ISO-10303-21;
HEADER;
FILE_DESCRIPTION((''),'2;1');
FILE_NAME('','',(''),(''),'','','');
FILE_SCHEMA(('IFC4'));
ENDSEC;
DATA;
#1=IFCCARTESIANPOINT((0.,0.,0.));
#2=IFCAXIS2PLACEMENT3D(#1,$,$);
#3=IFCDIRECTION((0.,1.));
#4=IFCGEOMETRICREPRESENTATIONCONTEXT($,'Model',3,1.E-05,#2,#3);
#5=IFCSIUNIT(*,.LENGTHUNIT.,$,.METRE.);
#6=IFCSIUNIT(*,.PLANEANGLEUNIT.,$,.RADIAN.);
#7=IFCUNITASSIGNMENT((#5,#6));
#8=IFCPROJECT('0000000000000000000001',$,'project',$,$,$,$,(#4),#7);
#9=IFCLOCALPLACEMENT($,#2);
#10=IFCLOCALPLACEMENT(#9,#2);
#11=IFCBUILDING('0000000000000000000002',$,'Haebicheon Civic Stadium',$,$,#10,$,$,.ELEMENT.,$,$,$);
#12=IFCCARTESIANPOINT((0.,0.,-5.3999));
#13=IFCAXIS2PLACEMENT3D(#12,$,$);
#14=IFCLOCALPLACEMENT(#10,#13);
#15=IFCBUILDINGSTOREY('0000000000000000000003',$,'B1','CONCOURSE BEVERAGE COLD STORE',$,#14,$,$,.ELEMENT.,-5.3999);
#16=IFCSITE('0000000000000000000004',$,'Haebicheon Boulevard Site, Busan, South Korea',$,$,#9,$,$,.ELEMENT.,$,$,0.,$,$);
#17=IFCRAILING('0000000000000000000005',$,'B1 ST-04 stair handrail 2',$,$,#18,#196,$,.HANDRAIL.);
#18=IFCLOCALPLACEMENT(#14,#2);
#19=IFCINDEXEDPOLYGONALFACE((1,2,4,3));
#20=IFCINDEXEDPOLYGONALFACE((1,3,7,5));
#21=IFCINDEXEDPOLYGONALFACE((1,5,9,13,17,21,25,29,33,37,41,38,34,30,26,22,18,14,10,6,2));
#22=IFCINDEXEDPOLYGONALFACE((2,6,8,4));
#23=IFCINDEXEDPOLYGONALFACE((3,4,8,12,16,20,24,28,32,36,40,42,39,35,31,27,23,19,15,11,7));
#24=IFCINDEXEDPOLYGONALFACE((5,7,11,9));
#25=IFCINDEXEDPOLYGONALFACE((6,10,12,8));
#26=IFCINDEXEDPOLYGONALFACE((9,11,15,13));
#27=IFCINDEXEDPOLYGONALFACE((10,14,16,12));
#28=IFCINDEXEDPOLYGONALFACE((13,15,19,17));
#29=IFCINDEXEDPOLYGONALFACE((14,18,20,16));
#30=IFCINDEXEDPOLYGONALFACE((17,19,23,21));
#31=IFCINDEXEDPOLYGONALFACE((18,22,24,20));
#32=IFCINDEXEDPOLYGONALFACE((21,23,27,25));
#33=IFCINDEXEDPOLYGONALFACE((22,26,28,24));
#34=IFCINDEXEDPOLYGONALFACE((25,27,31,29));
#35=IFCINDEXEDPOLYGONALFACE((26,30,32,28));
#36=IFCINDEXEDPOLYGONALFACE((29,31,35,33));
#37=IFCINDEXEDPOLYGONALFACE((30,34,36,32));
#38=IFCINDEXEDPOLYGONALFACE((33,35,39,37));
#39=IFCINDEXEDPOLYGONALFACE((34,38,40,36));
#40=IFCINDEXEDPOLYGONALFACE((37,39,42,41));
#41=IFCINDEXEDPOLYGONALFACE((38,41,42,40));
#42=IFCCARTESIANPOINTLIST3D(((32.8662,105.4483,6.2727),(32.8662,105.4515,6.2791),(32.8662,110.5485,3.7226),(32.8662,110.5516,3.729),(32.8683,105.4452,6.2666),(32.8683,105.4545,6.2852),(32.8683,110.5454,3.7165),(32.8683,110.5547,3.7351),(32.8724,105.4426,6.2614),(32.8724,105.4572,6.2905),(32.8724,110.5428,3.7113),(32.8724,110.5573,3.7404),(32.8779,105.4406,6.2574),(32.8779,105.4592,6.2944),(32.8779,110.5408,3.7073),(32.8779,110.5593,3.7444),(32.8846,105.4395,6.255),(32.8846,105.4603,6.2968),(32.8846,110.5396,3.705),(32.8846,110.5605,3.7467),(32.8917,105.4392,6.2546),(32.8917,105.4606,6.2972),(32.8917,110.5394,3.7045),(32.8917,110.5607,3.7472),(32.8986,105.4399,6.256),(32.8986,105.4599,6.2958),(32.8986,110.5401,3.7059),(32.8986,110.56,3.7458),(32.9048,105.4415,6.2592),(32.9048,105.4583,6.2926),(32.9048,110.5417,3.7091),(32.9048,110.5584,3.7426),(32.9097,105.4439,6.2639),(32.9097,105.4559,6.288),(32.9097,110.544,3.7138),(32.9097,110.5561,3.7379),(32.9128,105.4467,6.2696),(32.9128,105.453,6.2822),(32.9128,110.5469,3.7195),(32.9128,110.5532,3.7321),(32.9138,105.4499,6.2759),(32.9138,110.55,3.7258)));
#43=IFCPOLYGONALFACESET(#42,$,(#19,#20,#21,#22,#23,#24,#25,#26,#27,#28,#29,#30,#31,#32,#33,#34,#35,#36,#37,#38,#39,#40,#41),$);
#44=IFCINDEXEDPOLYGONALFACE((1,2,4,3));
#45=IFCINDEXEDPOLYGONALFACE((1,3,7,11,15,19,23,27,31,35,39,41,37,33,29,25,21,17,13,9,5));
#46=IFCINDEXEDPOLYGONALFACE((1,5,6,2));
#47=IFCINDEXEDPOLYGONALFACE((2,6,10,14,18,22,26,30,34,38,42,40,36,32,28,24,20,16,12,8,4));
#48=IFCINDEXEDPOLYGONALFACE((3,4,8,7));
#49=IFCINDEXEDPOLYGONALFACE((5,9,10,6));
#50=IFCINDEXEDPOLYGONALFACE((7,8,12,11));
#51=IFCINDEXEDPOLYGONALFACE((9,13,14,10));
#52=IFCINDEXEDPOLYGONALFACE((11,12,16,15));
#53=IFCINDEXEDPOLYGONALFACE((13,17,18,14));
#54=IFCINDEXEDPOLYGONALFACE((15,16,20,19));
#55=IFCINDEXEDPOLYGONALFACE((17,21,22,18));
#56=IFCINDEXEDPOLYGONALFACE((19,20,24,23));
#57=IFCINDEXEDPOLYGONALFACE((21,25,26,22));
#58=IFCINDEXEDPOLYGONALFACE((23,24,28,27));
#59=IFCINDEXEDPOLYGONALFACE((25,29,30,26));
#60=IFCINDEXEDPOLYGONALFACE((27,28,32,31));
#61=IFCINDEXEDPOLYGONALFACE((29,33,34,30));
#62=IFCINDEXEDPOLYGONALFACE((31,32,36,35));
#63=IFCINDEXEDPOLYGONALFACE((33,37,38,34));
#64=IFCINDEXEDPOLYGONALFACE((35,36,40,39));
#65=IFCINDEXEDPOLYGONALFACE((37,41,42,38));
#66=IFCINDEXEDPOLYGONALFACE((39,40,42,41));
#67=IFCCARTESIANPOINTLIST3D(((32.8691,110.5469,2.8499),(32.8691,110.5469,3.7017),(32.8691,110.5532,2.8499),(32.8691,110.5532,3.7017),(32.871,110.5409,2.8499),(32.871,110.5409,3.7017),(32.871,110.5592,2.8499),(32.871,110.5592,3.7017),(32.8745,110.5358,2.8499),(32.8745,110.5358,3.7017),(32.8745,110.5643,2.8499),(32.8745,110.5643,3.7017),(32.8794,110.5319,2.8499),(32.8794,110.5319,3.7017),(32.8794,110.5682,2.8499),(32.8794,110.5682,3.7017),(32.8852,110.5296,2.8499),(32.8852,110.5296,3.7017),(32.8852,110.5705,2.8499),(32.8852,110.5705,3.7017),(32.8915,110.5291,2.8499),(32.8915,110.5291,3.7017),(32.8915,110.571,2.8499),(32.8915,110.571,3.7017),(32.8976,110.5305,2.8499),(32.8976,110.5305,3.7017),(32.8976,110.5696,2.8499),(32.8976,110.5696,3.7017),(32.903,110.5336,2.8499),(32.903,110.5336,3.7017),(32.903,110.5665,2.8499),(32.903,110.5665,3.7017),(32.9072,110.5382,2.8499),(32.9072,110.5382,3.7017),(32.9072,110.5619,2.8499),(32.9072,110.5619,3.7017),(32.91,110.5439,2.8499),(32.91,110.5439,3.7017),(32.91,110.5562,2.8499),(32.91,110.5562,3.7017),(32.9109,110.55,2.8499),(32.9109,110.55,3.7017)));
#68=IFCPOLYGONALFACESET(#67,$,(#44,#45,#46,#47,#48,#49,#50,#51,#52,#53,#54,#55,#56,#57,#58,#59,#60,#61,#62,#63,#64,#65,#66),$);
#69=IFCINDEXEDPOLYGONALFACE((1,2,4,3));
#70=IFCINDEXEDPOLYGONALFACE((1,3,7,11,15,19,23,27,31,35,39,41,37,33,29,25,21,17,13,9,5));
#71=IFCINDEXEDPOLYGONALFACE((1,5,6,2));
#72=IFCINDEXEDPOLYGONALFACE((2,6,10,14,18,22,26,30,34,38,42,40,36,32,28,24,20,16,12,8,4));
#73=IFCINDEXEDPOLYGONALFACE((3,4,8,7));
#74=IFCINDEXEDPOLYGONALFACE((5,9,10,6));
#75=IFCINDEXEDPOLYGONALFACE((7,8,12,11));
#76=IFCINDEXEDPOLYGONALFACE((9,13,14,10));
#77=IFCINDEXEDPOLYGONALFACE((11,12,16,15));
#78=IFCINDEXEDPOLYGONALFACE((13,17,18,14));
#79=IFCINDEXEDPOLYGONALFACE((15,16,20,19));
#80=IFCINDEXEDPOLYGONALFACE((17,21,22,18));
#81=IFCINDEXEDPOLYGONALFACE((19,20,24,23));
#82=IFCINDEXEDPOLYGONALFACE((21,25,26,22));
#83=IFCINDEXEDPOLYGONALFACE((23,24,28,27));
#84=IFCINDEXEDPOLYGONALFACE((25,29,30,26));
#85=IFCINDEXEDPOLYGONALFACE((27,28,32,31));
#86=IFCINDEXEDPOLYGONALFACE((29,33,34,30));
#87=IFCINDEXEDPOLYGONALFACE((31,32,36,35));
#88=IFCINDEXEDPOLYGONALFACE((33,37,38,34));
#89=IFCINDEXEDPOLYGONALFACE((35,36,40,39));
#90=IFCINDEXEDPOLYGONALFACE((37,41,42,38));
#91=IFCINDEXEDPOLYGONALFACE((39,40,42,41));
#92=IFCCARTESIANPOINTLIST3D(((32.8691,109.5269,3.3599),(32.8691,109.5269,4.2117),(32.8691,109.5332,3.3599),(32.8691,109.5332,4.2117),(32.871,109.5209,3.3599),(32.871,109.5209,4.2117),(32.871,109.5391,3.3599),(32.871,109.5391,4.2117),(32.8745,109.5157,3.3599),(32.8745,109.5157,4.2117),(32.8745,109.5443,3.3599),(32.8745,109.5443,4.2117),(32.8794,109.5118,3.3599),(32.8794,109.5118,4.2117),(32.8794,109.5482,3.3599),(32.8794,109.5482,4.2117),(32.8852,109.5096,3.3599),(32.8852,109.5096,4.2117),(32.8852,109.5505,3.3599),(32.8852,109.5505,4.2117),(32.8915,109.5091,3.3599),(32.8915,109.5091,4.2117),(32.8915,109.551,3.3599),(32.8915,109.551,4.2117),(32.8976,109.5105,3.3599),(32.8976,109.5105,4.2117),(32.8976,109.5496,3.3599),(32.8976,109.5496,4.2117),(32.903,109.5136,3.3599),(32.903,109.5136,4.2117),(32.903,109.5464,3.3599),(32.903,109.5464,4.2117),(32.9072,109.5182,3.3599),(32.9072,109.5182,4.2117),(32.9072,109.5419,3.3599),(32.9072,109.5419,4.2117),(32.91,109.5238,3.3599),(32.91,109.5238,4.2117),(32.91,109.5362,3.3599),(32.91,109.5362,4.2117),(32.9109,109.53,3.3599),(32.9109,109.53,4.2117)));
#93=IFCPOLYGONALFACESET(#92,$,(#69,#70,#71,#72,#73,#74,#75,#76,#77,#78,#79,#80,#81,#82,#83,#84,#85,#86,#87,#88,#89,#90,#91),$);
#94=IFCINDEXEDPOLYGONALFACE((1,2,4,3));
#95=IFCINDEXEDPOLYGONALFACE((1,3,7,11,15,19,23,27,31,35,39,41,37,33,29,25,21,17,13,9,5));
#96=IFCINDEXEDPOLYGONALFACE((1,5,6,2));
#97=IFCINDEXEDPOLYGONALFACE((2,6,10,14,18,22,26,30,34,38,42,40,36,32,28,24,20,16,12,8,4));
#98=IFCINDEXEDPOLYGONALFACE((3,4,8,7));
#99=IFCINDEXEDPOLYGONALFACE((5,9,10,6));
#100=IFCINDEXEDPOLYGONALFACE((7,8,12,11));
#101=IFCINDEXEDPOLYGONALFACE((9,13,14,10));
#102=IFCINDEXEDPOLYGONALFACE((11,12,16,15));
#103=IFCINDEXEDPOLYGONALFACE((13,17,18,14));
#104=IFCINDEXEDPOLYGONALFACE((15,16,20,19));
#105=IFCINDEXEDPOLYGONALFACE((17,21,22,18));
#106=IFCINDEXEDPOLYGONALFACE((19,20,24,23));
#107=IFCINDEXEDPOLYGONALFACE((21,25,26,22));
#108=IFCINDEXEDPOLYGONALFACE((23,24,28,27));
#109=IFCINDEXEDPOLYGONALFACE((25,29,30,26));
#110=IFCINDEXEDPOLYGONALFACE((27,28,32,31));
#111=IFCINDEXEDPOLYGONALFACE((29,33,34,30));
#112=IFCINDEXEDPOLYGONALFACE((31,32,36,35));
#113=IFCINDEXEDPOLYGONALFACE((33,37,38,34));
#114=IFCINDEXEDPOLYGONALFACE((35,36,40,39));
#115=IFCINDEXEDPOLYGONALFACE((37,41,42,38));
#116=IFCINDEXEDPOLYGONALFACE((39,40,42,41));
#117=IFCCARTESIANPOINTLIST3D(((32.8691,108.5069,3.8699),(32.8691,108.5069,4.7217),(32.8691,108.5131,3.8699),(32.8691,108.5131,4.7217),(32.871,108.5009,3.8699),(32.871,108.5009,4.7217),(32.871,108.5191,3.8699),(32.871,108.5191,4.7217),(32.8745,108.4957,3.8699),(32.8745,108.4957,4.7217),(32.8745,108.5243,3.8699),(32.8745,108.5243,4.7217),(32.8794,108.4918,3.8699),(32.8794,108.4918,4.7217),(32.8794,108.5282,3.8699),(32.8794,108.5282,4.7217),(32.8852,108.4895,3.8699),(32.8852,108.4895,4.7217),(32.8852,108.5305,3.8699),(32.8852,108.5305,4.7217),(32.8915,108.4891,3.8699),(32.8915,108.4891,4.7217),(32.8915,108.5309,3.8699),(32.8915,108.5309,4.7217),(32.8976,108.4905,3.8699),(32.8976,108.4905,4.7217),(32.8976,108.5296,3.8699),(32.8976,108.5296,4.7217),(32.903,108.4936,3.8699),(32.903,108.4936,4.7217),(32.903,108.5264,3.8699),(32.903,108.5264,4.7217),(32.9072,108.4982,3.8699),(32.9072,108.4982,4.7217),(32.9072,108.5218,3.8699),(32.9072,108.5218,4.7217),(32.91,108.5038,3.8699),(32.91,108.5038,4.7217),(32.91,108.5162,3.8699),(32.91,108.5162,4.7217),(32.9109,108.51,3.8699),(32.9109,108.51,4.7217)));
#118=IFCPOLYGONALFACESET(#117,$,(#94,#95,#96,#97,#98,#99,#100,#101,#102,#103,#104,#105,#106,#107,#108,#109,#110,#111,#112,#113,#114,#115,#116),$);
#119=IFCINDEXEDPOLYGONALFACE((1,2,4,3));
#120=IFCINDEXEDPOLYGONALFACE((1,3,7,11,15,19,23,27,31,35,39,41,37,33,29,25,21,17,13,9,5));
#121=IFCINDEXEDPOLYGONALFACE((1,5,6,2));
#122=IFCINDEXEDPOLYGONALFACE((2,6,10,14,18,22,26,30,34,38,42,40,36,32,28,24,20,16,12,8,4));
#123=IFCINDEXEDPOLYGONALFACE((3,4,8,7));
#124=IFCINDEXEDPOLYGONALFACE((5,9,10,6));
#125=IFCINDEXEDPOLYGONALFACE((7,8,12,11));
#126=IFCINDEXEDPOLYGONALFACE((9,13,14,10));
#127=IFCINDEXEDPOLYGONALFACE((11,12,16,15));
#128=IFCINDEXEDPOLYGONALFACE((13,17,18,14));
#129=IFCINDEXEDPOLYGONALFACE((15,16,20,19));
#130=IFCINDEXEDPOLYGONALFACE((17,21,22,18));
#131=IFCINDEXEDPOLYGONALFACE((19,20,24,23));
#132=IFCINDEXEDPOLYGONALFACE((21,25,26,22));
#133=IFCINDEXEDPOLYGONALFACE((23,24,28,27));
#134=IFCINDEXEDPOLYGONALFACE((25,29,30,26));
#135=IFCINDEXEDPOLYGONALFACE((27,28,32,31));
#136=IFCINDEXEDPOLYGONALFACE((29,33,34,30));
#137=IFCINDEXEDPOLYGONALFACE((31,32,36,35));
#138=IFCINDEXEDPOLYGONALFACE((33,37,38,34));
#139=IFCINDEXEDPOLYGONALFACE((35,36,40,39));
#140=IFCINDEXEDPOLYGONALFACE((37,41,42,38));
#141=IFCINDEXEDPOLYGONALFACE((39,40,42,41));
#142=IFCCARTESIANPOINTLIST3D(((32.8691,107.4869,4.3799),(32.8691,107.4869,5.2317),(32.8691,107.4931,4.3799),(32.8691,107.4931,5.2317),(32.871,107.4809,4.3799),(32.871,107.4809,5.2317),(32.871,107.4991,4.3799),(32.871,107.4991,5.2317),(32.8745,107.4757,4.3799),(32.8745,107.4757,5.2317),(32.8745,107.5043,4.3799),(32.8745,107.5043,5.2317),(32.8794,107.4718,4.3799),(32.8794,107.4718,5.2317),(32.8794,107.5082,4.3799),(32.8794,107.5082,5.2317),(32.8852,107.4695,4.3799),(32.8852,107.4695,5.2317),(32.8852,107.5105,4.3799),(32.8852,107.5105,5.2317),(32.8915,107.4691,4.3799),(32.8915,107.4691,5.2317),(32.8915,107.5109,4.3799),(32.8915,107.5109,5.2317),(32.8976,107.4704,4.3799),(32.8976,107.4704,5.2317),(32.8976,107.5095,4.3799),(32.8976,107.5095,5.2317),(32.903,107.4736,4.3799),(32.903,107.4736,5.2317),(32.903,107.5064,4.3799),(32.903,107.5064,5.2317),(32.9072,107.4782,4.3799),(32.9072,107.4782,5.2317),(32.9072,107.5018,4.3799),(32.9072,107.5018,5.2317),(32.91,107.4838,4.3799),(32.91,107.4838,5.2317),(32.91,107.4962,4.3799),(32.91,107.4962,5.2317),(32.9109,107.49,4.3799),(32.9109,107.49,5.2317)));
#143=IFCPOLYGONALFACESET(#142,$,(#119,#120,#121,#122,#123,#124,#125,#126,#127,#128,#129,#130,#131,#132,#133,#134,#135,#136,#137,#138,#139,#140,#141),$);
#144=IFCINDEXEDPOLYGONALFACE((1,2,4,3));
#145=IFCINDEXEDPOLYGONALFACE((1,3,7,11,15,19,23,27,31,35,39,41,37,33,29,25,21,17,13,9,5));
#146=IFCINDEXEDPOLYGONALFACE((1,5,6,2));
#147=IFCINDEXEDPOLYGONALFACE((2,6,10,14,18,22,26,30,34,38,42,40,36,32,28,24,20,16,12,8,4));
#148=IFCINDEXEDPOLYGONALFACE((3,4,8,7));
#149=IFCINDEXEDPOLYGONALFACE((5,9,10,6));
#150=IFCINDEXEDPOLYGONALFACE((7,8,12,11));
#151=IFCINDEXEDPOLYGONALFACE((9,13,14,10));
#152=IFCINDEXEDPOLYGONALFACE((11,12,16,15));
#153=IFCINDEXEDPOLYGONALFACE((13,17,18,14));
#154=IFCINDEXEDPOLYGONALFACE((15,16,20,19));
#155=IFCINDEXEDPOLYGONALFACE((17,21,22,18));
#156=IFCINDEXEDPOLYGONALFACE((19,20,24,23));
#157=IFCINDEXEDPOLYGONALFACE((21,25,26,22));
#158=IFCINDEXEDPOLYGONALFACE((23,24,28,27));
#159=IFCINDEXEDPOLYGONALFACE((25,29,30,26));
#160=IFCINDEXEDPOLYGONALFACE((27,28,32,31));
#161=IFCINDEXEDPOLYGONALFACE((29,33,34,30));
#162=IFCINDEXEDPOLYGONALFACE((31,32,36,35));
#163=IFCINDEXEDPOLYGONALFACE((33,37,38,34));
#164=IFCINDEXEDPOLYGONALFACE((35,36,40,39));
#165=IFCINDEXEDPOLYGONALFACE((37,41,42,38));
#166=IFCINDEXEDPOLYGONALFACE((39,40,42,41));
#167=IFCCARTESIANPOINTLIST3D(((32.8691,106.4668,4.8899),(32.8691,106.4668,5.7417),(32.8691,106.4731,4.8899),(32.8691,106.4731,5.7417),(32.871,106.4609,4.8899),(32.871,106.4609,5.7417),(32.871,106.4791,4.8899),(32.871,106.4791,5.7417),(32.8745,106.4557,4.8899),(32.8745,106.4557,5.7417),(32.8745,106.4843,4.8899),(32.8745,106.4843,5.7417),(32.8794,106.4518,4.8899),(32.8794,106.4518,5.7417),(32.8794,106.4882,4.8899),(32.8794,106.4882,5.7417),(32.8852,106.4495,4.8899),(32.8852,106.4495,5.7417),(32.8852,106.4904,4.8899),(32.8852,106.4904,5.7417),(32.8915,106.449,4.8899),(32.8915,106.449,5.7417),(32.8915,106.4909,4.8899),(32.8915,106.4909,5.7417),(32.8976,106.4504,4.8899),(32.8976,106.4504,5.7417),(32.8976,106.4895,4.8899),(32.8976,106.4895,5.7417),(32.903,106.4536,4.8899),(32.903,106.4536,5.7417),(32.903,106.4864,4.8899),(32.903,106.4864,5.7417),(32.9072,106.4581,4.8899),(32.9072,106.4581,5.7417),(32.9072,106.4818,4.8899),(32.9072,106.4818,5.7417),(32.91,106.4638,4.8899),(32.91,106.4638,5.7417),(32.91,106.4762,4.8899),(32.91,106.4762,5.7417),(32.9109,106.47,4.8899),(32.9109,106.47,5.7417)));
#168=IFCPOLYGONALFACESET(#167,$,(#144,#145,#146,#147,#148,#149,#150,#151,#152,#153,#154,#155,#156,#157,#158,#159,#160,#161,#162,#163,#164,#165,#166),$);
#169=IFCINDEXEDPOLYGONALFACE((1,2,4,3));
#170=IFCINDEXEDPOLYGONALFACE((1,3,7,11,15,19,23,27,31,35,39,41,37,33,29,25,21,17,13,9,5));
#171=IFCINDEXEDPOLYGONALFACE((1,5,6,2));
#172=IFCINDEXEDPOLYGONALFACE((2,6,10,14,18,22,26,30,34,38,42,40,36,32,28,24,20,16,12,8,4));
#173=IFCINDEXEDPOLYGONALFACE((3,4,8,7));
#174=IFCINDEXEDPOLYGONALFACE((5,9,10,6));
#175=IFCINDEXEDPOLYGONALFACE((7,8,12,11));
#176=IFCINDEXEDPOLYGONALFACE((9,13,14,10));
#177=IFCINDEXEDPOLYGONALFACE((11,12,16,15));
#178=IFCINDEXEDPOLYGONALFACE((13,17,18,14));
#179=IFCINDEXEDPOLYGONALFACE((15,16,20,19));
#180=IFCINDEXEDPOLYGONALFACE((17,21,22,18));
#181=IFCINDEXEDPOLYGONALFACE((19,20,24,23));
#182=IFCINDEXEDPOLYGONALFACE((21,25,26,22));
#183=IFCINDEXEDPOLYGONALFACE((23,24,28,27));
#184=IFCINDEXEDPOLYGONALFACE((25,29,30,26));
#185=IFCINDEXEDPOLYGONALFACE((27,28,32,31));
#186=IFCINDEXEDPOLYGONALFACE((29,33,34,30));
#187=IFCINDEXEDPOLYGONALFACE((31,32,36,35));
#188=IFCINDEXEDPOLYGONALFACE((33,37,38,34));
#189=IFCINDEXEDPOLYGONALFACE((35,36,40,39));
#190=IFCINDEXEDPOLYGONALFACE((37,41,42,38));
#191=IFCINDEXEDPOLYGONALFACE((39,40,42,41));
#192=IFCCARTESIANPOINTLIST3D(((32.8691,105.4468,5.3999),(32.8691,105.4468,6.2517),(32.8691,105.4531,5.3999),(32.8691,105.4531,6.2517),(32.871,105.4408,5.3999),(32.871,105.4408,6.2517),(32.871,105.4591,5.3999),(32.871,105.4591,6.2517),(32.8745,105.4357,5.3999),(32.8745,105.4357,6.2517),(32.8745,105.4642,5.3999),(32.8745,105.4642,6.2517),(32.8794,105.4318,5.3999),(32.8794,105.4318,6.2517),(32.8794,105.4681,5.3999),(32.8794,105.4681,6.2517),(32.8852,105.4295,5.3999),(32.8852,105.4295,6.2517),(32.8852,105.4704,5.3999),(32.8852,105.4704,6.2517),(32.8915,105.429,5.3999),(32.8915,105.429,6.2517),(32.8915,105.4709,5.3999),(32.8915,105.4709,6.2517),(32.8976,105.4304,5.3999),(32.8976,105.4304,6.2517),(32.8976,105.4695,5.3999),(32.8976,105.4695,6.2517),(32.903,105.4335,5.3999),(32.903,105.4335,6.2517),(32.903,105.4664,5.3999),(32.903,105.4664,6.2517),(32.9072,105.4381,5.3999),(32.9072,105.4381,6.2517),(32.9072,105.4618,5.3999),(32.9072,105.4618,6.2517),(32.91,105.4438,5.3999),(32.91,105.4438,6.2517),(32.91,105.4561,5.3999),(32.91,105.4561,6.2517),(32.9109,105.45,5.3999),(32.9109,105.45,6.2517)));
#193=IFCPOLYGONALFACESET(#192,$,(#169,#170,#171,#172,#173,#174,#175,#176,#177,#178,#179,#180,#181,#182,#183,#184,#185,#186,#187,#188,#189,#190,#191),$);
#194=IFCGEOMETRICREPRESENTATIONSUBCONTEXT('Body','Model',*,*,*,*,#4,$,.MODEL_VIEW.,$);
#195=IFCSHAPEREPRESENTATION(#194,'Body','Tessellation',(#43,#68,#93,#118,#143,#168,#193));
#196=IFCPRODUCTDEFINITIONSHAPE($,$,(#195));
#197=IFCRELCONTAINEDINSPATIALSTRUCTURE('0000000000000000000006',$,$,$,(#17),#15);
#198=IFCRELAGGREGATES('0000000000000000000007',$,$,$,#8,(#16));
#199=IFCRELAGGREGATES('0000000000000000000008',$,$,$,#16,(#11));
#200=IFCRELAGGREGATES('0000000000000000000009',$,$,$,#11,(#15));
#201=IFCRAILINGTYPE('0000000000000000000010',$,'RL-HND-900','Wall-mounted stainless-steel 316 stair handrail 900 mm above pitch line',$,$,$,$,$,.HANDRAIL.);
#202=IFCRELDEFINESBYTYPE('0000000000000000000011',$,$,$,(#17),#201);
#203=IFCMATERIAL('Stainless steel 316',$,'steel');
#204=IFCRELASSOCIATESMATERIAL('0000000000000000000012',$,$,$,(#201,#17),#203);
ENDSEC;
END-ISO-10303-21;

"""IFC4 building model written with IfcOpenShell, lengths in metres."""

from ifc_helpers import new_model, si_unit, direction, frame, origin, origin_2d, place, context, subcontext, project, spatial, circle, extrude, material, type_object, element, save


model = new_model("IFC4")

# Units and contexts
model_context = context("Model", 3, precision=1e-05, world=origin(), true_north=direction((0.0, 1.0)))
body_context = subcontext(model_context, "Body", "Model", "MODEL_VIEW")
ifc_project = project(units=[si_unit("LENGTHUNIT", "METRE"), si_unit("PLANEANGLEUNIT", "RADIAN")], contexts=[model_context])

# Site, building, storey
site_placement = place(None, origin())
site = spatial("IfcSite", under=ifc_project, at=site_placement, Name="Haebicheon Boulevard Site, Busan, South Korea", CompositionType="ELEMENT", RefElevation=0.0)
building_placement = place(site_placement, origin())
building = spatial("IfcBuilding", under=site, at=building_placement, Name="Haebicheon Civic Stadium", CompositionType="ELEMENT")
storey_placement = place(building_placement, frame((0.0, 0.0, -5.3999)))
storey = spatial("IfcBuildingStorey", under=building, at=storey_placement, Name="B1", Description="CONCOURSE BEVERAGE COLD STORE", CompositionType="ELEMENT", Elevation=-5.3999)

# Railing
ifc_material_1 = material(Name="Stainless steel 316", Category="steel")
railing_type_1 = type_object("IfcRailingType", Name="RL-HND-900", Description="Wall-mounted stainless-steel 316 stair handrail 900 mm above pitch line", PredefinedType="HANDRAIL", material=ifc_material_1)
railing_1_placement = place(storey_placement, frame((32.8899, 110.55, 2.8499)))
element("IfcRailing", 1, at=railing_1_placement, inside=storey, type_object=railing_type_1, material=ifc_material_1, Name="B1 ST-04 stair handrail 2", PredefinedType="HANDRAIL", context=body_context, shape_type="SweptSolid", body=[
    extrude(circle(Radius=0.0239, at=origin_2d()), frame((0.0, 0.0, 0.876), z_axis=(0.0, -0.894427, 0.447214), x_axis=(1.0, 0.0, 0.0)), (0.0, 0.0, 1.0), 5.7021),
    extrude(circle(Radius=0.021, at=origin_2d()), origin(), (0.0, 0.0, 1.0), 0.8518),
    extrude(circle(Radius=0.021, at=origin_2d()), frame((0.0, -1.02, 0.51)), (0.0, 0.0, 1.0), 0.8518),
    extrude(circle(Radius=0.021, at=origin_2d()), frame((0.0, -2.04, 1.02)), (0.0, 0.0, 1.0), 0.8518),
    extrude(circle(Radius=0.021, at=origin_2d()), frame((0.0, -3.0601, 1.53)), (0.0, 0.0, 1.0), 0.8518),
    extrude(circle(Radius=0.021, at=origin_2d()), frame((0.0, -4.0801, 2.04)), (0.0, 0.0, 1.0), 0.8518),
    extrude(circle(Radius=0.021, at=origin_2d()), frame((0.0, -5.1001, 2.55)), (0.0, 0.0, 1.0), 0.8518),
])

save(model, "model.ifc")
